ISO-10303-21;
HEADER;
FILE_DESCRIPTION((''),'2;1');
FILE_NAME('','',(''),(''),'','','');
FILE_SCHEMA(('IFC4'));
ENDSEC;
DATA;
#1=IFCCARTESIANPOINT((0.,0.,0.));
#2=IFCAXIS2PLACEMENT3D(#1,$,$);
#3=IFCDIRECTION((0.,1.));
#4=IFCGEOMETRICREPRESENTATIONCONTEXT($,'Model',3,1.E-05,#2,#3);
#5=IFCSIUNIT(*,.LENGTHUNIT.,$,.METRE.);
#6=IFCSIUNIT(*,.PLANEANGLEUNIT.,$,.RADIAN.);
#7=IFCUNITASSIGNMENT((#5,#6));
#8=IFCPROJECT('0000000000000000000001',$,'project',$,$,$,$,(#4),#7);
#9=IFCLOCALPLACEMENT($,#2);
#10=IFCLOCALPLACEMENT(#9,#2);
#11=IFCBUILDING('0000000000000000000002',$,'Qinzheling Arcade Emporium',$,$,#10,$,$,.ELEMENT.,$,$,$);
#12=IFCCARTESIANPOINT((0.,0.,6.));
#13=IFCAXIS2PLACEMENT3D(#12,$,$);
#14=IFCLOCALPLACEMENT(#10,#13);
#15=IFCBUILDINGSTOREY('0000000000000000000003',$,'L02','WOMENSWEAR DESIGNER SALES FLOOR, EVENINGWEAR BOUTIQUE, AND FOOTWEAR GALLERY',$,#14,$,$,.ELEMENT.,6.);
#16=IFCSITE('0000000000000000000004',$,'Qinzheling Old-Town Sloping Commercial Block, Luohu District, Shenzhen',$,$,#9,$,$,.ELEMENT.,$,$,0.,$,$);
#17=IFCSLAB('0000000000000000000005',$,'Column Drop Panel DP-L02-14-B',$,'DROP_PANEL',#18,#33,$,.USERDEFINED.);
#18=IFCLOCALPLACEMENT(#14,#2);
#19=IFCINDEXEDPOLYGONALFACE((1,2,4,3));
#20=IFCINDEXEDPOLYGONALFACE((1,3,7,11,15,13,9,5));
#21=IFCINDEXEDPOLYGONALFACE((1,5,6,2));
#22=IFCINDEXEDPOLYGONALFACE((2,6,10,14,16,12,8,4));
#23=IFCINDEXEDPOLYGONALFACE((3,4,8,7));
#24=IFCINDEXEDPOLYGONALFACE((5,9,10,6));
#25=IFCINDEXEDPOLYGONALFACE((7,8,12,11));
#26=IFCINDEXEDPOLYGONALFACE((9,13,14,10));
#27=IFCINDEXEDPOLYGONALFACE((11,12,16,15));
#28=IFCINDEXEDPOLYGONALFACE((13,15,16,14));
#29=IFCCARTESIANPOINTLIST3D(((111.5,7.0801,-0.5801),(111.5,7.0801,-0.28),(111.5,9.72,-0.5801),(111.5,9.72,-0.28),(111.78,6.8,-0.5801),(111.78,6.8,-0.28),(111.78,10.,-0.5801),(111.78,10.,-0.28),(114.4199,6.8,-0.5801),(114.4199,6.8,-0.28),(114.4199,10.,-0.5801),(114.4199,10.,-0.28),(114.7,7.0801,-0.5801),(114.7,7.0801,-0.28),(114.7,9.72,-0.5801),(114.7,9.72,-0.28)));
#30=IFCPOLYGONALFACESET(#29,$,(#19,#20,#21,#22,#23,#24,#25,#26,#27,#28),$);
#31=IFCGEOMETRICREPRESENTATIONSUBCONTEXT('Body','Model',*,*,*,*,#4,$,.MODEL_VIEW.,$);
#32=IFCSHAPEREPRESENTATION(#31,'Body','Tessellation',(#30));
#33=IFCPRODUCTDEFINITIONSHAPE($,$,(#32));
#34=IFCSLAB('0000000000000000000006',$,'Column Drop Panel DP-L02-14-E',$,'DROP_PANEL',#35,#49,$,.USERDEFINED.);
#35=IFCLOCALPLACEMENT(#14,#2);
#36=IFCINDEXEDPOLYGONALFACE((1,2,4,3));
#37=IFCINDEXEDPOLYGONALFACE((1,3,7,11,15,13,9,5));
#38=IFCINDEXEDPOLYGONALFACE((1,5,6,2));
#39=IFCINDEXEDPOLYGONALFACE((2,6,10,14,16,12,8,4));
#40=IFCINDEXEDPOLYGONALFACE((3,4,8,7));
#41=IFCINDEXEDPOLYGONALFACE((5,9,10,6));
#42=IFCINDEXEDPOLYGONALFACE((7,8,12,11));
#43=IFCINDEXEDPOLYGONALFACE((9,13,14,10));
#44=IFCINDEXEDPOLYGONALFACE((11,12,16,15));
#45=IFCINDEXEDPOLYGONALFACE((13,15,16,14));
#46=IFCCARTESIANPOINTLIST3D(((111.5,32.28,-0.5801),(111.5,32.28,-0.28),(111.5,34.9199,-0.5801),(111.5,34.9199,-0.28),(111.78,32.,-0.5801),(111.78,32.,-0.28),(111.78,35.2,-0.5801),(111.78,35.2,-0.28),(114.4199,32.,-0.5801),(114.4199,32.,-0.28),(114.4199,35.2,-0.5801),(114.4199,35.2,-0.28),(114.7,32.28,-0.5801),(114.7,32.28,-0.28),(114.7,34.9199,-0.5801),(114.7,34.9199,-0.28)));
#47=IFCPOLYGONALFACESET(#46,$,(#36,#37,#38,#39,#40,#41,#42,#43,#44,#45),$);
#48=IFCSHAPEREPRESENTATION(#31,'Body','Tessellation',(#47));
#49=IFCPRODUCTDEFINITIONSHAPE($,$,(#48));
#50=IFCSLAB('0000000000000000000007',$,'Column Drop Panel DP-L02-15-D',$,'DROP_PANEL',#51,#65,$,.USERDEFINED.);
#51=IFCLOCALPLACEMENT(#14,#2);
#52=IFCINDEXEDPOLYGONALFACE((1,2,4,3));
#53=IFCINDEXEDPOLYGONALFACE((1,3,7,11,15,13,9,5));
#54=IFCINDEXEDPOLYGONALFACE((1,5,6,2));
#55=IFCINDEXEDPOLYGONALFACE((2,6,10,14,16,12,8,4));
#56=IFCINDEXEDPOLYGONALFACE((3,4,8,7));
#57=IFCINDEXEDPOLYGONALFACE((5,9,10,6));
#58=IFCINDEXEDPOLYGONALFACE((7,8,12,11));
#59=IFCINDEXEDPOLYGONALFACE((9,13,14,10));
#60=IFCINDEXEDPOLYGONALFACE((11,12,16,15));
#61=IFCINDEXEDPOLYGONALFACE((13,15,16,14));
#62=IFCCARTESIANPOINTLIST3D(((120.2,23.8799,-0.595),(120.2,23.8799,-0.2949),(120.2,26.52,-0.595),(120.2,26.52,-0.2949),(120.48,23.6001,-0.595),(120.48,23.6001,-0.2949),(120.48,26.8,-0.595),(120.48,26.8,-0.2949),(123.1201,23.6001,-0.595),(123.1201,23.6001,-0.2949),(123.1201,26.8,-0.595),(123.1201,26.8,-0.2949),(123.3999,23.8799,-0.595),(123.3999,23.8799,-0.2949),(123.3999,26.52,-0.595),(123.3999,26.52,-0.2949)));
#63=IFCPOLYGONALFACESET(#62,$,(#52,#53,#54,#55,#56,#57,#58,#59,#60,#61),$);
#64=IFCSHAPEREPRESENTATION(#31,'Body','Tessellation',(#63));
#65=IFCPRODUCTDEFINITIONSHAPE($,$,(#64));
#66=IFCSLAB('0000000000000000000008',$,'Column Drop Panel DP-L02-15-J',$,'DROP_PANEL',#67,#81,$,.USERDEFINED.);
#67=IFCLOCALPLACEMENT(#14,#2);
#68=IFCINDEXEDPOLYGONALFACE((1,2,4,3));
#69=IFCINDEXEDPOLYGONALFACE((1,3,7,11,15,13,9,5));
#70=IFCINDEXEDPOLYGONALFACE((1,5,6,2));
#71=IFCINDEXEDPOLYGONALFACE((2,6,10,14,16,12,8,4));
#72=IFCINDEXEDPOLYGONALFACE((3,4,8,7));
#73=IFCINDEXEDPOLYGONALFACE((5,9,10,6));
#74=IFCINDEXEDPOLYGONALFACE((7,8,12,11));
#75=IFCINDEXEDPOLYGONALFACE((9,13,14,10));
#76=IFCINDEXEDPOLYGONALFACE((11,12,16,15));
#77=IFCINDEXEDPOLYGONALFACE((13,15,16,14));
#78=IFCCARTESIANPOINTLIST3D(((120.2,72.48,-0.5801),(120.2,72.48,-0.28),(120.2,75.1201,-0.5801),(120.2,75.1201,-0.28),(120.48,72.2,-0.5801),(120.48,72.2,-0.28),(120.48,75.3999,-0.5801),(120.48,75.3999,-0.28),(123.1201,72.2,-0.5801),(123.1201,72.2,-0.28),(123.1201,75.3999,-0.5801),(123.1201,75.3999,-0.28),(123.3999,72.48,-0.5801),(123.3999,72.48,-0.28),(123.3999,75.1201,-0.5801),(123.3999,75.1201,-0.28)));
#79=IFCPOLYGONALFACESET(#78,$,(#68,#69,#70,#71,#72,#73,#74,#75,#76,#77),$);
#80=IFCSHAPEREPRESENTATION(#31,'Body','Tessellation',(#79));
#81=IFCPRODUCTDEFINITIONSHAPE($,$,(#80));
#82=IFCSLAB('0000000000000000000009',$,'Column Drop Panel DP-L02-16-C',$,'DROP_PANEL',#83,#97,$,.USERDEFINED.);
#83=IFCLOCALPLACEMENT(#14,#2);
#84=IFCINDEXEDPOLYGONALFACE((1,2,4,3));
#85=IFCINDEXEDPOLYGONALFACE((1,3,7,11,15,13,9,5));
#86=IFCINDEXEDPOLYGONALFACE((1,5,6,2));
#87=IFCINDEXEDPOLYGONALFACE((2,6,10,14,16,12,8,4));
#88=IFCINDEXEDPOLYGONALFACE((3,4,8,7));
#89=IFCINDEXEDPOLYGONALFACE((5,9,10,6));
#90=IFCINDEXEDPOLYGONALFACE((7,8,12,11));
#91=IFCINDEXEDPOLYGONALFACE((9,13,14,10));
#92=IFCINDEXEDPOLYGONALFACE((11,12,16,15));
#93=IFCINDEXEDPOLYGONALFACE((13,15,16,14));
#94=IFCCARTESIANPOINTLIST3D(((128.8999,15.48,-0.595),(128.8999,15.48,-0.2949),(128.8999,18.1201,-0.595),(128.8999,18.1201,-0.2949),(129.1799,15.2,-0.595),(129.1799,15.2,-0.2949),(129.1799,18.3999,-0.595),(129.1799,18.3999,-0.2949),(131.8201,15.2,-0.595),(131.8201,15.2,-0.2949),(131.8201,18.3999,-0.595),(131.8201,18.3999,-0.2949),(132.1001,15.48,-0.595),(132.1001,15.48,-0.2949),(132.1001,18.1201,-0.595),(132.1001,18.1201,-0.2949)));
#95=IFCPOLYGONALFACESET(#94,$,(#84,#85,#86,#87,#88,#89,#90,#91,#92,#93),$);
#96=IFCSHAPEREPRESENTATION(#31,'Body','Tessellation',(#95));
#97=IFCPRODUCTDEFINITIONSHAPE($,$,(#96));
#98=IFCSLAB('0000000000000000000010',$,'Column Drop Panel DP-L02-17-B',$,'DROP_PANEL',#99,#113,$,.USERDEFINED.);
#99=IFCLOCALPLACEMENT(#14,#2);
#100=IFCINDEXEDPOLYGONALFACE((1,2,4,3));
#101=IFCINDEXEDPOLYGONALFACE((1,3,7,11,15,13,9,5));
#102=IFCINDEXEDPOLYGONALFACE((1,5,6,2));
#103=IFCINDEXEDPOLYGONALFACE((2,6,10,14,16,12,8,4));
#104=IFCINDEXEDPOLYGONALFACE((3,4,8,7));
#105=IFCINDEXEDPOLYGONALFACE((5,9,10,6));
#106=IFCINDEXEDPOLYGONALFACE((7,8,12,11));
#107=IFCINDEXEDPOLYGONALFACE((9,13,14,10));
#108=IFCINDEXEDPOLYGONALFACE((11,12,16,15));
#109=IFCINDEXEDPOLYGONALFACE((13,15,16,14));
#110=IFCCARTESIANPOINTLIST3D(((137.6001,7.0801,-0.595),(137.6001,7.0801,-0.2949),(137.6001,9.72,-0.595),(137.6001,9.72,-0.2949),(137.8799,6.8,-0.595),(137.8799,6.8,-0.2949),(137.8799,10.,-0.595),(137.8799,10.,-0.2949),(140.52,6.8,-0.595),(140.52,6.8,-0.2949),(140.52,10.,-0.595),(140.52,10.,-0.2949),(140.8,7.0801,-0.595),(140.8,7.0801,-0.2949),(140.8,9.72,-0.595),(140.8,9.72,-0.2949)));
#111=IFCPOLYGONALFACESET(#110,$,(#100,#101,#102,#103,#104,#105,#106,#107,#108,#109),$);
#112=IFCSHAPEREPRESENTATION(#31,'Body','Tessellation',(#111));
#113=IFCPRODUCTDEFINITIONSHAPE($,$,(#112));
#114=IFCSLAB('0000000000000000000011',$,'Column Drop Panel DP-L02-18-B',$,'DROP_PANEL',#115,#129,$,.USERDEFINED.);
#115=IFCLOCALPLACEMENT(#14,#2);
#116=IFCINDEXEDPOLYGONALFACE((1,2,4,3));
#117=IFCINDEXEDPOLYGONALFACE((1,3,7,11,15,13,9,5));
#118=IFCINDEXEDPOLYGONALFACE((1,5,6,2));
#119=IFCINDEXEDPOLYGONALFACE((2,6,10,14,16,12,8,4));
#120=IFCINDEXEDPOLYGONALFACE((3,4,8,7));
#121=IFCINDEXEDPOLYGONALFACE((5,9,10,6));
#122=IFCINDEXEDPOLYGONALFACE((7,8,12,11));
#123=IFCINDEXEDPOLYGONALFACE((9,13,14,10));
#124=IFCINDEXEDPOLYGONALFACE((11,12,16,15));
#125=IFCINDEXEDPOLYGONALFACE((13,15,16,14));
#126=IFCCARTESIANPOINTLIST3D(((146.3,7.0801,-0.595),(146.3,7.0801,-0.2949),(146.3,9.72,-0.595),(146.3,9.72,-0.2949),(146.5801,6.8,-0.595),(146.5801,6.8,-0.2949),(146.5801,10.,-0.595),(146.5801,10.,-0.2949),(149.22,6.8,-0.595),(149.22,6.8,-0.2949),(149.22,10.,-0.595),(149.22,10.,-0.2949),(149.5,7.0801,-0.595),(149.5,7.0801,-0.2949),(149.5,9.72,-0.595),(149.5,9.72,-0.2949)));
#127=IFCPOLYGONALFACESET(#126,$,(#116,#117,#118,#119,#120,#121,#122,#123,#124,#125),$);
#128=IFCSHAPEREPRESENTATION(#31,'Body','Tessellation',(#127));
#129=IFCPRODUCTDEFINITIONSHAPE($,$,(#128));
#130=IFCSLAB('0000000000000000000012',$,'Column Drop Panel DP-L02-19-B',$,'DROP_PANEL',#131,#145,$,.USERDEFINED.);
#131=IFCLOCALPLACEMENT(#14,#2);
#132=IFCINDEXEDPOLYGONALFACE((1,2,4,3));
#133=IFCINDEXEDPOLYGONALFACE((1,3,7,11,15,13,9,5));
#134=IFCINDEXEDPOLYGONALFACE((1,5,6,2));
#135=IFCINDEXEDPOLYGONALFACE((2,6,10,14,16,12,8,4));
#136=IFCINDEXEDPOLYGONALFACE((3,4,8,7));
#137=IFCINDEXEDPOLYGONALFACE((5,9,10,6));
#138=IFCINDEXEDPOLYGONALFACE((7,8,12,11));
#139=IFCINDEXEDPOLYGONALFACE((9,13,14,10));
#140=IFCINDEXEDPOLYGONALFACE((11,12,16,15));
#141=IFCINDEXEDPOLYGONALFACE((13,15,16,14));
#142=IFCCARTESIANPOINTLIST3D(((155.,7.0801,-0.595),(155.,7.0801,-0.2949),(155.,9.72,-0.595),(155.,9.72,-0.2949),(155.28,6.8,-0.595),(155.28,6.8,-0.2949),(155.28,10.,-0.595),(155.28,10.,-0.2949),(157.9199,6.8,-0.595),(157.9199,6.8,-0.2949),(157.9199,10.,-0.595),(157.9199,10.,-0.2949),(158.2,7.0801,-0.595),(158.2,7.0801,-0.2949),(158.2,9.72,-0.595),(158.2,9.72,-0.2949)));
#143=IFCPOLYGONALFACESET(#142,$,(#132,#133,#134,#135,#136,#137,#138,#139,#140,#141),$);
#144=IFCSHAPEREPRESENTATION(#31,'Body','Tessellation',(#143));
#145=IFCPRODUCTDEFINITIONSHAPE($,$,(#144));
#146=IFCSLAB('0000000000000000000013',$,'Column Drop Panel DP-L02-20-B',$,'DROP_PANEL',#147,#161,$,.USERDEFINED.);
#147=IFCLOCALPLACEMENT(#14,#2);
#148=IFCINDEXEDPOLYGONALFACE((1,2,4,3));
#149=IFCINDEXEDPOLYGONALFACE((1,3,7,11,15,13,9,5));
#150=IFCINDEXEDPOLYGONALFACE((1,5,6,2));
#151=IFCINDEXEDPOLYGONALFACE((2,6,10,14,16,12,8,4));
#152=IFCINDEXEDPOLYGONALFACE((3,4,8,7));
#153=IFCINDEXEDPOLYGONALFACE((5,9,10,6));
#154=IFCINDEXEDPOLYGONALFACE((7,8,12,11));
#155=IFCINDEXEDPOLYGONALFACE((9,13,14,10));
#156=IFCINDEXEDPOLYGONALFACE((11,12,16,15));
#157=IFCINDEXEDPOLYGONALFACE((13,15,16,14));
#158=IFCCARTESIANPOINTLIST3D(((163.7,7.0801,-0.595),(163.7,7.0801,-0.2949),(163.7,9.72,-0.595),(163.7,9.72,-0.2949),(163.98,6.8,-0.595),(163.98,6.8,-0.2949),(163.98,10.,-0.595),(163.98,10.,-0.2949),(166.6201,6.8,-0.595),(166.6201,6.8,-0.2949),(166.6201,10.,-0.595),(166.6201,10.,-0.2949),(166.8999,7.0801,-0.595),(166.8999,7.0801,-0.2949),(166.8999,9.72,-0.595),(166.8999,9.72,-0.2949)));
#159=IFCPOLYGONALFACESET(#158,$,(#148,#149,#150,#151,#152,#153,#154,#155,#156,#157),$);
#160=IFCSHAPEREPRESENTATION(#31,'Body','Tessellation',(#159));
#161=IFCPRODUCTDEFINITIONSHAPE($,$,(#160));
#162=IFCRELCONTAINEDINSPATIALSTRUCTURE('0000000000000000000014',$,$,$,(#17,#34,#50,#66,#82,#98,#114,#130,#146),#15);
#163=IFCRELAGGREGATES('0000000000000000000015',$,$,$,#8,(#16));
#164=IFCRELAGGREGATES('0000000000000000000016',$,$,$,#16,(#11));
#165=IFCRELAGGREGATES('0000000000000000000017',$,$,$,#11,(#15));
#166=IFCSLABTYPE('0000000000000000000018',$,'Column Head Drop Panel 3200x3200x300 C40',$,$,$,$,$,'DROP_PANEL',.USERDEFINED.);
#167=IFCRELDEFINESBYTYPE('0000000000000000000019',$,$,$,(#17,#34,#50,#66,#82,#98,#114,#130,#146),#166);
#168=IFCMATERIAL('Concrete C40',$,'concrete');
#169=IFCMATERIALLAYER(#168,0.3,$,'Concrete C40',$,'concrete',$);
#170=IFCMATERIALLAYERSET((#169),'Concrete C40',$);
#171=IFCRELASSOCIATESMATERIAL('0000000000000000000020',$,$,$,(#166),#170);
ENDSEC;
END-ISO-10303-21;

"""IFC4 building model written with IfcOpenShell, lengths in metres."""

from ifc_helpers import new_model, si_unit, direction, frame, origin, place, context, subcontext, project, spatial, polyline, outline, extrude, material, layer, layer_set, type_object, element, save


model = new_model("IFC4")

# Units and contexts
model_context = context("Model", 3, precision=1e-05, world=origin(), true_north=direction((0.0, 1.0)))
body_context = subcontext(model_context, "Body", "Model", "MODEL_VIEW")
ifc_project = project(units=[si_unit("LENGTHUNIT", "METRE"), si_unit("PLANEANGLEUNIT", "RADIAN")], contexts=[model_context])

# Site, building, storey
site_placement = place(None, origin())
site = spatial("IfcSite", under=ifc_project, at=site_placement, Name="Qinzheling Old-Town Sloping Commercial Block, Luohu District, Shenzhen", CompositionType="ELEMENT", RefElevation=0.0)
building_placement = place(site_placement, origin())
building = spatial("IfcBuilding", under=site, at=building_placement, Name="Qinzheling Arcade Emporium", CompositionType="ELEMENT")
storey_placement = place(building_placement, frame((0.0, 0.0, 6.0)))
storey = spatial("IfcBuildingStorey", under=building, at=storey_placement, Name="L02", Description="WOMENSWEAR DESIGNER SALES FLOOR, EVENINGWEAR BOUTIQUE, AND FOOTWEAR GALLERY", CompositionType="ELEMENT", Elevation=6.0)

# Slabs
ifc_material = material(Name="Concrete C40", Category="concrete")
ifc_layer_1 = layer(ifc_material, 0.3, Name="Concrete C40", Category="concrete")
ifc_layer_set_1 = layer_set([ifc_layer_1], Name="Concrete C40")
slab_type_1 = type_object("IfcSlabType", Name="Column Head Drop Panel 3200x3200x300 C40", ElementType="DROP_PANEL", PredefinedType="USERDEFINED", material=ifc_layer_set_1)
slab_1_placement = place(storey_placement, frame((0.0, 0.0, -0.5801)))
element("IfcSlab", 1, at=slab_1_placement, inside=storey, type_object=slab_type_1, Name="Column Drop Panel DP-L02-14-B", ObjectType="DROP_PANEL", PredefinedType="USERDEFINED", context=body_context, shape_type="SweptSolid", body=[
    extrude(outline(polyline([(111.78, 6.8), (114.4199, 6.8), (114.7, 7.0801), (114.7, 9.72), (114.4199, 10.0), (111.78, 10.0), (111.5, 9.72), (111.5, 7.0801), (111.78, 6.8)])), origin(), (0.0, 0.0, 1.0), 0.3),
])
slab_2_placement = place(storey_placement, frame((0.0, 0.0, -0.5801)))
element("IfcSlab", 2, at=slab_2_placement, inside=storey, type_object=slab_type_1, Name="Column Drop Panel DP-L02-14-E", ObjectType="DROP_PANEL", PredefinedType="USERDEFINED", context=body_context, shape_type="SweptSolid", body=[
    extrude(outline(polyline([(111.78, 32.0), (114.4199, 32.0), (114.7, 32.28), (114.7, 34.9199), (114.4199, 35.2), (111.78, 35.2), (111.5, 34.9199), (111.5, 32.28), (111.78, 32.0)])), origin(), (0.0, 0.0, 1.0), 0.3),
])
slab_3_placement = place(storey_placement, frame((0.0, 0.0, -0.595)))
element("IfcSlab", 3, at=slab_3_placement, inside=storey, type_object=slab_type_1, Name="Column Drop Panel DP-L02-15-D", ObjectType="DROP_PANEL", PredefinedType="USERDEFINED", context=body_context, shape_type="SweptSolid", body=[
    extrude(outline(polyline([(120.48, 23.6001), (123.1201, 23.6001), (123.3999, 23.8799), (123.3999, 26.52), (123.1201, 26.8), (120.48, 26.8), (120.2, 26.52), (120.2, 23.8799), (120.48, 23.6001)])), origin(), (0.0, 0.0, 1.0), 0.3),
])
slab_4_placement = place(storey_placement, frame((0.0, 0.0, -0.5801)))
element("IfcSlab", 4, at=slab_4_placement, inside=storey, type_object=slab_type_1, Name="Column Drop Panel DP-L02-15-J", ObjectType="DROP_PANEL", PredefinedType="USERDEFINED", context=body_context, shape_type="SweptSolid", body=[
    extrude(outline(polyline([(120.48, 72.2), (123.1201, 72.2), (123.3999, 72.48), (123.3999, 75.1201), (123.1201, 75.3999), (120.48, 75.3999), (120.2, 75.1201), (120.2, 72.48), (120.48, 72.2)])), origin(), (0.0, 0.0, 1.0), 0.3),
])
slab_5_placement = place(storey_placement, frame((0.0, 0.0, -0.595)))
element("IfcSlab", 5, at=slab_5_placement, inside=storey, type_object=slab_type_1, Name="Column Drop Panel DP-L02-16-C", ObjectType="DROP_PANEL", PredefinedType="USERDEFINED", context=body_context, shape_type="SweptSolid", body=[
    extrude(outline(polyline([(129.1799, 15.2), (131.8201, 15.2), (132.1001, 15.48), (132.1001, 18.1201), (131.8201, 18.3999), (129.1799, 18.3999), (128.8999, 18.1201), (128.8999, 15.48), (129.1799, 15.2)])), origin(), (0.0, 0.0, 1.0), 0.3),
])
slab_6_placement = place(storey_placement, frame((0.0, 0.0, -0.595)))
element("IfcSlab", 6, at=slab_6_placement, inside=storey, type_object=slab_type_1, Name="Column Drop Panel DP-L02-17-B", ObjectType="DROP_PANEL", PredefinedType="USERDEFINED", context=body_context, shape_type="SweptSolid", body=[
    extrude(outline(polyline([(137.8799, 6.8), (140.52, 6.8), (140.8, 7.0801), (140.8, 9.72), (140.52, 10.0), (137.8799, 10.0), (137.6001, 9.72), (137.6001, 7.0801), (137.8799, 6.8)])), origin(), (0.0, 0.0, 1.0), 0.3),
])
slab_7_placement = place(storey_placement, frame((0.0, 0.0, -0.595)))
element("IfcSlab", 7, at=slab_7_placement, inside=storey, type_object=slab_type_1, Name="Column Drop Panel DP-L02-18-B", ObjectType="DROP_PANEL", PredefinedType="USERDEFINED", context=body_context, shape_type="SweptSolid", body=[
    extrude(outline(polyline([(146.5801, 6.8), (149.22, 6.8), (149.5, 7.0801), (149.5, 9.72), (149.22, 10.0), (146.5801, 10.0), (146.3, 9.72), (146.3, 7.0801), (146.5801, 6.8)])), origin(), (0.0, 0.0, 1.0), 0.3),
])
slab_8_placement = place(storey_placement, frame((0.0, 0.0, -0.595)))
element("IfcSlab", 8, at=slab_8_placement, inside=storey, type_object=slab_type_1, Name="Column Drop Panel DP-L02-19-B", ObjectType="DROP_PANEL", PredefinedType="USERDEFINED", context=body_context, shape_type="SweptSolid", body=[
    extrude(outline(polyline([(155.28, 6.8), (157.9199, 6.8), (158.2, 7.0801), (158.2, 9.72), (157.9199, 10.0), (155.28, 10.0), (155.0, 9.72), (155.0, 7.0801), (155.28, 6.8)])), origin(), (0.0, 0.0, 1.0), 0.3),
])
slab_9_placement = place(storey_placement, frame((0.0, 0.0, -0.595)))
element("IfcSlab", 9, at=slab_9_placement, inside=storey, type_object=slab_type_1, Name="Column Drop Panel DP-L02-20-B", ObjectType="DROP_PANEL", PredefinedType="USERDEFINED", context=body_context, shape_type="SweptSolid", body=[
    extrude(outline(polyline([(163.98, 6.8), (166.6201, 6.8), (166.8999, 7.0801), (166.8999, 9.72), (166.6201, 10.0), (163.98, 10.0), (163.7, 9.72), (163.7, 7.0801), (163.98, 6.8)])), origin(), (0.0, 0.0, 1.0), 0.3),
])

save(model, "model.ifc")
